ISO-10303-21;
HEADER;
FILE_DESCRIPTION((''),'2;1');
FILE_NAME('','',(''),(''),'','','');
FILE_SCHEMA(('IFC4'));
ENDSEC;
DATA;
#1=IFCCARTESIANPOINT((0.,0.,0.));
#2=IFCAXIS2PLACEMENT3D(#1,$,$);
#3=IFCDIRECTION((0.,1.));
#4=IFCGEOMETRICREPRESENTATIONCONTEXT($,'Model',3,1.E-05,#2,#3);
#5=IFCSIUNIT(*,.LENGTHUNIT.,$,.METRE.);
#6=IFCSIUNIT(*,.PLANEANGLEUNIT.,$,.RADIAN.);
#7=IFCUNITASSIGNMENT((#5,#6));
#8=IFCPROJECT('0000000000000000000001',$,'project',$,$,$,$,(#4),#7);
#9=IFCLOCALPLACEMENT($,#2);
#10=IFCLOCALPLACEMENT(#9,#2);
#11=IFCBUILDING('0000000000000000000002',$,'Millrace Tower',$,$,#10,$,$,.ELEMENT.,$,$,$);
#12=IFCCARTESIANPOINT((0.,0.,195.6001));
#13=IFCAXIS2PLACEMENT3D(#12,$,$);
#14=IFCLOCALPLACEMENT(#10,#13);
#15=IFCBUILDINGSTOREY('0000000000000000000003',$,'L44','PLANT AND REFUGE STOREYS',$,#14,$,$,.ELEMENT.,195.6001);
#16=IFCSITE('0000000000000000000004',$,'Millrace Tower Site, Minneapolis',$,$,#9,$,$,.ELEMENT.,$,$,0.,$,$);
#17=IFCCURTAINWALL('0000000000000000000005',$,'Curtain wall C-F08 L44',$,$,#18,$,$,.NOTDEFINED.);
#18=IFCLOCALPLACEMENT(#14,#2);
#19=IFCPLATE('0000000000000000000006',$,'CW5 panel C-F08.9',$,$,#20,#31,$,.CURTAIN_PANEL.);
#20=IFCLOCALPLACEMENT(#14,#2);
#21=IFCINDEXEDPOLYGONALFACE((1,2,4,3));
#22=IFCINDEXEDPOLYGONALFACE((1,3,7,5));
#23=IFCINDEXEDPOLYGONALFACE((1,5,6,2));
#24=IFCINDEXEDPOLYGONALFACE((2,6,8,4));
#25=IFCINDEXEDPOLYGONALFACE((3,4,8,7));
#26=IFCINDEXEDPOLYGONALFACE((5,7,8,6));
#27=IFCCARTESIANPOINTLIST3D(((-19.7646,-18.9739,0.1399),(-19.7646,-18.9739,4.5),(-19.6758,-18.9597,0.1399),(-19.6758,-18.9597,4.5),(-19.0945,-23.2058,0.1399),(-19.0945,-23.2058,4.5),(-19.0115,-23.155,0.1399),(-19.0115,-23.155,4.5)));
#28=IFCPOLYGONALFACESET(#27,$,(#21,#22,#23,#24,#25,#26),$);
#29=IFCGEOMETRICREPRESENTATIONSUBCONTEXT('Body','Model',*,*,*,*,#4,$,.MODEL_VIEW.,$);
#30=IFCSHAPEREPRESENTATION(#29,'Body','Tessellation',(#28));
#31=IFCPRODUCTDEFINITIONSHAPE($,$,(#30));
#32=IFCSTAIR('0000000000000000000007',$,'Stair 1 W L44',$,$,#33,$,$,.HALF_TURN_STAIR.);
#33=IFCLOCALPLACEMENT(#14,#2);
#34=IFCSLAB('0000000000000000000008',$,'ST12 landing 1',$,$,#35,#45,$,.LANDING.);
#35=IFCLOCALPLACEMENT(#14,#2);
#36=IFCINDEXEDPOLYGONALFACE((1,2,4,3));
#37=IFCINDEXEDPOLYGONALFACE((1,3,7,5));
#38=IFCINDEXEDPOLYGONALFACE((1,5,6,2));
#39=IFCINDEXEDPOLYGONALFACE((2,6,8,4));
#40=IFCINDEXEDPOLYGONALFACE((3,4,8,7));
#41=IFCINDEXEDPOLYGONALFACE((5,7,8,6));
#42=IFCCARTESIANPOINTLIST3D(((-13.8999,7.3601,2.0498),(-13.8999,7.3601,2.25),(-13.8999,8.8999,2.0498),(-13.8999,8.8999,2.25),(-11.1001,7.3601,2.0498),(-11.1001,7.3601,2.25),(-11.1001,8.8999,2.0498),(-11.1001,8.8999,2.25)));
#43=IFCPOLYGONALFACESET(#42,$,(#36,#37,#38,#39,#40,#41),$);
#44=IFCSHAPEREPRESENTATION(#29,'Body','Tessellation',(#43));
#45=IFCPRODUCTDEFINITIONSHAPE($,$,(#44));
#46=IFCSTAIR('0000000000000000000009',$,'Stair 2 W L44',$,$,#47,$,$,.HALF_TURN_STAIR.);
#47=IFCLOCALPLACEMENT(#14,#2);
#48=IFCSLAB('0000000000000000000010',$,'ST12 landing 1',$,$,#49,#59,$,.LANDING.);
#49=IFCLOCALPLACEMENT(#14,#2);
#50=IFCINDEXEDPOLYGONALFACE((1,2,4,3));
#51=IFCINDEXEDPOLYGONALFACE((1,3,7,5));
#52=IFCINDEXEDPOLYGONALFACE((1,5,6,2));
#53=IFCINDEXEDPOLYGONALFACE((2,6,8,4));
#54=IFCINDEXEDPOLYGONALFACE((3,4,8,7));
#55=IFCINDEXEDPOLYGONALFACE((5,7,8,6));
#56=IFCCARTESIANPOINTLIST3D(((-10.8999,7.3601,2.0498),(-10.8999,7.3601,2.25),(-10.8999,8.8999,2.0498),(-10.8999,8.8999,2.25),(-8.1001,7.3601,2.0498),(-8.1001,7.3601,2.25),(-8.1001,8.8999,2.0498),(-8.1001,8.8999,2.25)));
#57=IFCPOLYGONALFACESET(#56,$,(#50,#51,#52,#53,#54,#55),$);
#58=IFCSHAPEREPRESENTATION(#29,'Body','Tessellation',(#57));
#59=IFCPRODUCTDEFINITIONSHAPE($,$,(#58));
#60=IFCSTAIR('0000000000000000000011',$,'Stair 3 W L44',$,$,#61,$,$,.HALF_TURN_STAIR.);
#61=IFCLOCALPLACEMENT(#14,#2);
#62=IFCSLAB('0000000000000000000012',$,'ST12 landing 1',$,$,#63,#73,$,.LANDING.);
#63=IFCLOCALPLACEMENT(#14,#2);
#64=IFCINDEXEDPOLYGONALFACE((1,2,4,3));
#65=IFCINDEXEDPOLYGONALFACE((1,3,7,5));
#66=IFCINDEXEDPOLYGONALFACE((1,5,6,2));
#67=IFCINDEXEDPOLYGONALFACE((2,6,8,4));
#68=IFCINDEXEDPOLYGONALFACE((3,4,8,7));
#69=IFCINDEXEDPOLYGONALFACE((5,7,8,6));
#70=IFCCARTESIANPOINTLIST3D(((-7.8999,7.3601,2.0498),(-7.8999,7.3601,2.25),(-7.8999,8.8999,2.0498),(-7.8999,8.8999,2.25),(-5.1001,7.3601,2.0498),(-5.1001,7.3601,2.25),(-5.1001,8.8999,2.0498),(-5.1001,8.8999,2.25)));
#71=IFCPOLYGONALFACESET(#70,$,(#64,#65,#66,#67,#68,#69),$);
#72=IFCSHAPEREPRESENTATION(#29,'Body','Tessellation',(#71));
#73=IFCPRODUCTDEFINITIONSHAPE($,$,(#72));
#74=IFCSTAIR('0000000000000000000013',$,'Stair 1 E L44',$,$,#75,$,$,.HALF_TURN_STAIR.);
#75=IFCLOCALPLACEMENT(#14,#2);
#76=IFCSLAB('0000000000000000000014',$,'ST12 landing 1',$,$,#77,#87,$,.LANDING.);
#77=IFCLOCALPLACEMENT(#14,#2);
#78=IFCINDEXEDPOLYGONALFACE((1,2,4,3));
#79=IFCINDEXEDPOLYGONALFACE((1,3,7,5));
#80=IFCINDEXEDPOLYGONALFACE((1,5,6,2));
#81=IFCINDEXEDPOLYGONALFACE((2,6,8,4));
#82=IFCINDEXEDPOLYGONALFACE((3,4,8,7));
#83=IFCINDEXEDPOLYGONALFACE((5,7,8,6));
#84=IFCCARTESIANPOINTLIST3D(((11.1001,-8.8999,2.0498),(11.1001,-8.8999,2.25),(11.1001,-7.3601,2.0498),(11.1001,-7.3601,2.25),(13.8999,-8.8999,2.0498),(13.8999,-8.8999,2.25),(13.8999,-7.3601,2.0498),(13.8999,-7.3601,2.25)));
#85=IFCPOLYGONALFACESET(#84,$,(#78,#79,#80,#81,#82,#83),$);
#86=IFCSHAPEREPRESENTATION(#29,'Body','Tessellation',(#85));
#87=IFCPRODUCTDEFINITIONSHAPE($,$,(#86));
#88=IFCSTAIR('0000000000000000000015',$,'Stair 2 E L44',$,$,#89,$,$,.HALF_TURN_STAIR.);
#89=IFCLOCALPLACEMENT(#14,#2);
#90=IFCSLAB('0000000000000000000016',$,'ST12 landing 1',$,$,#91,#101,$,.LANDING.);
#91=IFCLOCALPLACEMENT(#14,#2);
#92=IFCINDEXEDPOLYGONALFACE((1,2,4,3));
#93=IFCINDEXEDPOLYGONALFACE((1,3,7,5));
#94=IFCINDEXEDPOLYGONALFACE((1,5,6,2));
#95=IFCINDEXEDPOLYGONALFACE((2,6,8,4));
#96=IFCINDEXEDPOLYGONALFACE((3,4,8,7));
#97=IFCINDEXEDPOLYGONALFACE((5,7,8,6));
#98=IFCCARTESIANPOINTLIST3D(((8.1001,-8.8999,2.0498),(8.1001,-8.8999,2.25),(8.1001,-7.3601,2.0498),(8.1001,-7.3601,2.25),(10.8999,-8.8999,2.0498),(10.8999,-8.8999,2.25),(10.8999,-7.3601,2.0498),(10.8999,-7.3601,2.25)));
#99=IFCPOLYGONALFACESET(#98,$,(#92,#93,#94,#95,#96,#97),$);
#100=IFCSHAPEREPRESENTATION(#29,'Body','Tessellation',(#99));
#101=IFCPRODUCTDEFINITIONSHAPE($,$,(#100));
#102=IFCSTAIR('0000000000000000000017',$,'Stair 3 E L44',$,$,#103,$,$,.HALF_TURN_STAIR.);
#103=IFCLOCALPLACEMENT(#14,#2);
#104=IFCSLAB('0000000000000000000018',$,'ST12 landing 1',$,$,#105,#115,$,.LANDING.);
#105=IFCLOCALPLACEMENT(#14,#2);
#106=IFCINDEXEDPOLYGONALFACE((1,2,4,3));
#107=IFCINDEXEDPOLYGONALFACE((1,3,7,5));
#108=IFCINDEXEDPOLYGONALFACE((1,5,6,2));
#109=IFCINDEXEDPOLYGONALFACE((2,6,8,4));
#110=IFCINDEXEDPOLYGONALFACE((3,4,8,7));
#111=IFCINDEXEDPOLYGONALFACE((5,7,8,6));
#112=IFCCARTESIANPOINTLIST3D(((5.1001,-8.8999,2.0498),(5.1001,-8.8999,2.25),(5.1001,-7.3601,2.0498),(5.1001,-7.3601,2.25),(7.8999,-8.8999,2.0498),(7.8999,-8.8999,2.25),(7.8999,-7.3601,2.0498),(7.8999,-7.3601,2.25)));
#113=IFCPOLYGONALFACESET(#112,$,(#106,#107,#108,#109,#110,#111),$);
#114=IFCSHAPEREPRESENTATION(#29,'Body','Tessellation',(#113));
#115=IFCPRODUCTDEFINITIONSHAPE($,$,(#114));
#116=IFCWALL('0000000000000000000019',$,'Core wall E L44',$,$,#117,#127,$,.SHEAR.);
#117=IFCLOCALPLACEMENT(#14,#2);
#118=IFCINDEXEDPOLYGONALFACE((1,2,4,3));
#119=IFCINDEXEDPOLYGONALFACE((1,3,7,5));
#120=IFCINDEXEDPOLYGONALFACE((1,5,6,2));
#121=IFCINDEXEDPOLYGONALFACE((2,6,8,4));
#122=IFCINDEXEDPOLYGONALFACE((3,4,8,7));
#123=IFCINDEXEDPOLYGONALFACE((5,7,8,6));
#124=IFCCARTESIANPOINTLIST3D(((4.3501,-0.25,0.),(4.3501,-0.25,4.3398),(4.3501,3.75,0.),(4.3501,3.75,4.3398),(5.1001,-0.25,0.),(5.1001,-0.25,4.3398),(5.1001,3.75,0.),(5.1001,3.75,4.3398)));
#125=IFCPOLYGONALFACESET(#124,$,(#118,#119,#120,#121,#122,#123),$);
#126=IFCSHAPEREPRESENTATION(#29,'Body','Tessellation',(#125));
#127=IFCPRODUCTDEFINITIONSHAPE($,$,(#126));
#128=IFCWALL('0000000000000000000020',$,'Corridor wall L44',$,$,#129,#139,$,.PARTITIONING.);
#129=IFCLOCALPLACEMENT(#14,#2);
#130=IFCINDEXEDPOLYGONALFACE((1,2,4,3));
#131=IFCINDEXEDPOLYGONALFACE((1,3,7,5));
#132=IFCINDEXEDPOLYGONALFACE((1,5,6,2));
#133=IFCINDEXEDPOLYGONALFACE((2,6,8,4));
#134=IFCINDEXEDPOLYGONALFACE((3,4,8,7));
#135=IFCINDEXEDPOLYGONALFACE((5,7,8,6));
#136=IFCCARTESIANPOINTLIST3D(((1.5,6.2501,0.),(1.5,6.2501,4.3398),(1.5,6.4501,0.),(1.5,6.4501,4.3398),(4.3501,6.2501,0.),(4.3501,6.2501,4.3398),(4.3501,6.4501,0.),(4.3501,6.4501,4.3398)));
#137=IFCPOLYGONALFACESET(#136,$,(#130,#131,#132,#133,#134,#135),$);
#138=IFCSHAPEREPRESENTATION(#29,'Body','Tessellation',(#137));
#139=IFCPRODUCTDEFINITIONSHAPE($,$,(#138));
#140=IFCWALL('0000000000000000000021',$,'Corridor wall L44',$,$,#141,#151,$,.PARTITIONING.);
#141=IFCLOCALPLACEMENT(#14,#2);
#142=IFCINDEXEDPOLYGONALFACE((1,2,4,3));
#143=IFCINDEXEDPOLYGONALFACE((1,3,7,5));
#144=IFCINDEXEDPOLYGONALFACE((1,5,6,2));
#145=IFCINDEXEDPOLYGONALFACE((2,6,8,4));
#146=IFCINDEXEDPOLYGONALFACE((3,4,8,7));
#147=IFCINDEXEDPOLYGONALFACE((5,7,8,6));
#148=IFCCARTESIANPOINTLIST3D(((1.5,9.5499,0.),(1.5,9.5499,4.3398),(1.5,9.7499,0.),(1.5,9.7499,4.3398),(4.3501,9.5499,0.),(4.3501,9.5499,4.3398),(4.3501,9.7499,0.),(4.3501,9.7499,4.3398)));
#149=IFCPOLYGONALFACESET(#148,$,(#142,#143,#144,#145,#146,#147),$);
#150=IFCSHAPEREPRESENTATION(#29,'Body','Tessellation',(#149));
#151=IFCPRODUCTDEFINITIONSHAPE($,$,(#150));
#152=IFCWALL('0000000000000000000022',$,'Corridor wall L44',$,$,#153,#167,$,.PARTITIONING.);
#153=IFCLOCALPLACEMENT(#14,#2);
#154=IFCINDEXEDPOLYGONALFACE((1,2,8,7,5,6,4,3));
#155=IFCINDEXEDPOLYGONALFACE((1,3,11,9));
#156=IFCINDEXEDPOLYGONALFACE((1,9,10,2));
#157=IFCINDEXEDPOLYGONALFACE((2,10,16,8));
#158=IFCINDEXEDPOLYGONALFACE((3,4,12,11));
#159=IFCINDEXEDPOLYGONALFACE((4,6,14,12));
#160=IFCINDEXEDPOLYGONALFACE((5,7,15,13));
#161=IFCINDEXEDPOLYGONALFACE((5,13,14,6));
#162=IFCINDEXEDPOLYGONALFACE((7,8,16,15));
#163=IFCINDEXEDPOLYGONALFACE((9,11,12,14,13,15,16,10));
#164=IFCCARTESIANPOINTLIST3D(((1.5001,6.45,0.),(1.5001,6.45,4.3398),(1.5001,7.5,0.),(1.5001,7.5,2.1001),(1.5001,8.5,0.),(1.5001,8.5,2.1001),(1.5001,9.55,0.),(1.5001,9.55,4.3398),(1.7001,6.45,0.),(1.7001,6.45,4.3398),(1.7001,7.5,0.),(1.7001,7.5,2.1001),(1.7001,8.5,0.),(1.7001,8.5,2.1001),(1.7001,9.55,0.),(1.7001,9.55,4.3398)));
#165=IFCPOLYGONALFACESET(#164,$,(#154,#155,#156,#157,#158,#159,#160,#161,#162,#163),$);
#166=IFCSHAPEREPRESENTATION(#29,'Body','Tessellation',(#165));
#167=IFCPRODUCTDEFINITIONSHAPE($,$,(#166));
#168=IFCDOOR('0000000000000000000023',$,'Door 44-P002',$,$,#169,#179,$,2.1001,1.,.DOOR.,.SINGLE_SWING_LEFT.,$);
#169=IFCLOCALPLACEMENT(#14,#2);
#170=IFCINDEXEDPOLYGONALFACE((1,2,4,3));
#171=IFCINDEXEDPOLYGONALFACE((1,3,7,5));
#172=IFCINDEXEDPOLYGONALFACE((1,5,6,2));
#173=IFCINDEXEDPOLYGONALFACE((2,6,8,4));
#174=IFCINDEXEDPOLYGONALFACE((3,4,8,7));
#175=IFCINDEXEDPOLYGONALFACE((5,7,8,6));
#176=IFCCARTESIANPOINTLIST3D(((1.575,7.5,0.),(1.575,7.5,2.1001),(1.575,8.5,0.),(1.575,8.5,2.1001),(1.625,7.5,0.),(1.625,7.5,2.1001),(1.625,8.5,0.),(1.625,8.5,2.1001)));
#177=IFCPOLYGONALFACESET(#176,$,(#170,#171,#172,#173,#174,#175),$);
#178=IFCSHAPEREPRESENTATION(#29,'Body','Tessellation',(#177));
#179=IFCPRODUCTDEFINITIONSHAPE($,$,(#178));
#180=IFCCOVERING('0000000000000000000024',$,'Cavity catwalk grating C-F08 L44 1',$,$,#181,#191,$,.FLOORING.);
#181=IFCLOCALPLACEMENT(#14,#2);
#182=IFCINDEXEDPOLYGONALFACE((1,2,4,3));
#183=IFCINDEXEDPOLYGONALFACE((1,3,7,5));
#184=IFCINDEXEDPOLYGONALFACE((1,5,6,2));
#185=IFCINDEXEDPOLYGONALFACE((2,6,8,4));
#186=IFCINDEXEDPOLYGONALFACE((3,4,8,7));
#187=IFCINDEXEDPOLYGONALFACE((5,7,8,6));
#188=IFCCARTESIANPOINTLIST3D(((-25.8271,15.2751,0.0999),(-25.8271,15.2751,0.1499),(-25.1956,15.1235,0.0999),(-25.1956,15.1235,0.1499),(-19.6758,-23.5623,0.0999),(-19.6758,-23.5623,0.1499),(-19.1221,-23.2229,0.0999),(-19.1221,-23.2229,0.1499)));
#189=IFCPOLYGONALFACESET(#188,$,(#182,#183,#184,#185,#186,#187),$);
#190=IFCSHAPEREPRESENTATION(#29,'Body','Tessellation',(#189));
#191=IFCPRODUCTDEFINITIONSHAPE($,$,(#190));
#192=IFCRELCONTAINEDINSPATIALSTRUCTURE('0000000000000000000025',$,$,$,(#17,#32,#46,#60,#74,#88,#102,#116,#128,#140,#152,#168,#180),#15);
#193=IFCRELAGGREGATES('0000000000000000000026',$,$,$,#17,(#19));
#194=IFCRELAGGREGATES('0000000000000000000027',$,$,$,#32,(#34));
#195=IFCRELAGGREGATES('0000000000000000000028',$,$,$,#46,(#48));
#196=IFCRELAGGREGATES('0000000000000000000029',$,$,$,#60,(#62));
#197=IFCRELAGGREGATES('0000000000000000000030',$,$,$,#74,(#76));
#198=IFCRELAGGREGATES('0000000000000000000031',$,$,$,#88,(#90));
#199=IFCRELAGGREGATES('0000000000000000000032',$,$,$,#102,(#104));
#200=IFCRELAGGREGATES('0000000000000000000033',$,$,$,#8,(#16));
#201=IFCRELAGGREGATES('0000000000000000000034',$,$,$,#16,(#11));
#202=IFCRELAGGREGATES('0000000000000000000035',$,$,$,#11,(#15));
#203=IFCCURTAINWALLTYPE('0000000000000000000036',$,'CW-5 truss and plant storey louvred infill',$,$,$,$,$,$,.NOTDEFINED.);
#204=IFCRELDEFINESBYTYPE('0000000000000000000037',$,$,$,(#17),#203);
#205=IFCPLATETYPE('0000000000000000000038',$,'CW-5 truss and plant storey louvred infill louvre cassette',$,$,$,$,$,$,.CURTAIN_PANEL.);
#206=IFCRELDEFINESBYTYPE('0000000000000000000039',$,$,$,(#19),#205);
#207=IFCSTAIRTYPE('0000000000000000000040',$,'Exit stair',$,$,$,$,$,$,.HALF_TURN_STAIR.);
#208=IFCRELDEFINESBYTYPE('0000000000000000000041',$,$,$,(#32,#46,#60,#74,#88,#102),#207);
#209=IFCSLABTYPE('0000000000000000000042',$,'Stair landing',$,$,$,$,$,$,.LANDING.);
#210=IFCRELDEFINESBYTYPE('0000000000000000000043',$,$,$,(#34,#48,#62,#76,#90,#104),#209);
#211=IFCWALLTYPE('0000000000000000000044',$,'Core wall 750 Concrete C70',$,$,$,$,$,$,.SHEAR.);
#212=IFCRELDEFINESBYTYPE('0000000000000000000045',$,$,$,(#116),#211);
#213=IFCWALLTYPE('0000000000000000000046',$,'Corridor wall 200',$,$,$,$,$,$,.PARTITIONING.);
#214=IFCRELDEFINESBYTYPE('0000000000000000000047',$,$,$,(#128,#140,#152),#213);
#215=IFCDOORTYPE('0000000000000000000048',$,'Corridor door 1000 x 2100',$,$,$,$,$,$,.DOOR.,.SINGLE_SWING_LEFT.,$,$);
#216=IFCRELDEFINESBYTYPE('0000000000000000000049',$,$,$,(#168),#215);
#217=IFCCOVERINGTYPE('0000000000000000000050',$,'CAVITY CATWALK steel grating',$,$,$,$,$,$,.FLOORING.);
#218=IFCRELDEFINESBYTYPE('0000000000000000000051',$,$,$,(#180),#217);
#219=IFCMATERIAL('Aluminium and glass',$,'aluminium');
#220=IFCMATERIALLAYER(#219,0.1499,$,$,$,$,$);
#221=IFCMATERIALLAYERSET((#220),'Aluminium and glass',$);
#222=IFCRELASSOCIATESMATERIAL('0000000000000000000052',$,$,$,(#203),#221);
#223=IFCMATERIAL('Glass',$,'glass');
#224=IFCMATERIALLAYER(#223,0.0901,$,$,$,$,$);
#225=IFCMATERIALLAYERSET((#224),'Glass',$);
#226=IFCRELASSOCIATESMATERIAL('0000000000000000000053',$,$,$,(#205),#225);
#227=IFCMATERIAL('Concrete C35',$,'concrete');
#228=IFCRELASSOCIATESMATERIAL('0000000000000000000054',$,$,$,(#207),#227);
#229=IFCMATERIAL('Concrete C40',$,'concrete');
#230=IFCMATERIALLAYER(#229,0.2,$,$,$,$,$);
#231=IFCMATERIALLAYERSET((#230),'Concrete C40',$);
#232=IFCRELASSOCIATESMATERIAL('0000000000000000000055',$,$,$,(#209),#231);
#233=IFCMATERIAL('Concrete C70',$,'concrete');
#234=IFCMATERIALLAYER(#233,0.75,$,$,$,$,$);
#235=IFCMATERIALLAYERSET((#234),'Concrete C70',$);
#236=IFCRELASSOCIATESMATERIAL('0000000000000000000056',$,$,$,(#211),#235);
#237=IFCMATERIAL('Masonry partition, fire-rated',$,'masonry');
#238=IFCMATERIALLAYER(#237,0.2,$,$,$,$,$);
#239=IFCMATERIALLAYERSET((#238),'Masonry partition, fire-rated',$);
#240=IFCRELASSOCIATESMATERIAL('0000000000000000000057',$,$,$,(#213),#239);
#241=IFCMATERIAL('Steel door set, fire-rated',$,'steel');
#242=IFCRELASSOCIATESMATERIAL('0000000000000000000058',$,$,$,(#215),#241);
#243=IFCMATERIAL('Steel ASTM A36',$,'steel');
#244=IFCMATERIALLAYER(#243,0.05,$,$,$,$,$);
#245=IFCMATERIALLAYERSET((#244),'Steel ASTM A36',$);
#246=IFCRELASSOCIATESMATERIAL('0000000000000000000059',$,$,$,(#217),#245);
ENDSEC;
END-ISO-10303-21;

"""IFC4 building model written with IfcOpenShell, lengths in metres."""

from ifc_helpers import new_model, si_unit, direction, frame, frame_2d, origin, place, context, subcontext, project, spatial, polyline, rectangle, outline, extrude, material, layer, layer_set, type_object, element, fill, aggregate, save


model = new_model("IFC4")

# Units and contexts
model_context = context("Model", 3, precision=1e-05, world=origin(), true_north=direction((0.0, 1.0)))
body_context = subcontext(model_context, "Body", "Model", "MODEL_VIEW")
ifc_project = project(units=[si_unit("LENGTHUNIT", "METRE"), si_unit("PLANEANGLEUNIT", "RADIAN")], contexts=[model_context])

# Site, building, storey
site_placement = place(None, origin())
site = spatial("IfcSite", under=ifc_project, at=site_placement, Name="Millrace Tower Site, Minneapolis", CompositionType="ELEMENT", RefElevation=0.0)
building_placement = place(site_placement, origin())
building = spatial("IfcBuilding", under=site, at=building_placement, Name="Millrace Tower", CompositionType="ELEMENT")
storey_placement = place(building_placement, frame((0.0, 0.0, 195.6001)))
storey = spatial("IfcBuildingStorey", under=building, at=storey_placement, Name="L44", Description="PLANT AND REFUGE STOREYS", CompositionType="ELEMENT", Elevation=195.6001)

# Curtain wall, plate
ifc_material_1 = material(Name="Aluminium and glass", Category="aluminium")
ifc_layer_1 = layer(ifc_material_1, 0.1499)
ifc_layer_set_1 = layer_set([ifc_layer_1], Name="Aluminium and glass")
curtain_wall_type = type_object("IfcCurtainWallType", Name="CW-5 truss and plant storey louvred infill", PredefinedType="NOTDEFINED", material=ifc_layer_set_1)
placement_1 = place(storey_placement, origin())
curtain_wall = element("IfcCurtainWall", 1, at=placement_1, inside=storey, type_object=curtain_wall_type, Name="Curtain wall C-F08 L44", PredefinedType="NOTDEFINED")
ifc_material_2 = material(Name="Glass", Category="glass")
ifc_layer_2 = layer(ifc_material_2, 0.0901)
ifc_layer_set_2 = layer_set([ifc_layer_2], Name="Glass")
plate_type = type_object("IfcPlateType", Name="CW-5 truss and plant storey louvred infill louvre cassette", PredefinedType="CURTAIN_PANEL", material=ifc_layer_set_2)
placement_2 = place(storey_placement, frame((0.0, 0.0, 0.1399)))
plate_1 = element("IfcPlate", 2, at=placement_2, type_object=plate_type, Name="CW5 panel C-F08.9", PredefinedType="CURTAIN_PANEL", context=body_context, shape_type="SweptSolid", body=[
    extrude(outline(polyline([(-19.7646, -18.9739), (-19.0945, -23.2058), (-19.0115, -23.155), (-19.6758, -18.9597), (-19.7646, -18.9739)])), origin(), (0.0, 0.0, 1.0), 4.3601),
])
aggregate(curtain_wall, [plate_1])

# Stairs, slabs
ifc_material_3 = material(Name="Concrete C35", Category="concrete")
stair_type = type_object("IfcStairType", Name="Exit stair", PredefinedType="HALF_TURN_STAIR", material=ifc_material_3)
stair_1 = element("IfcStair", 3, at=placement_1, inside=storey, type_object=stair_type, Name="Stair 1 W L44", PredefinedType="HALF_TURN_STAIR")
ifc_material_4 = material(Name="Concrete C40", Category="concrete")
ifc_layer_3 = layer(ifc_material_4, 0.2)
ifc_layer_set_3 = layer_set([ifc_layer_3], Name="Concrete C40")
slab_type = type_object("IfcSlabType", Name="Stair landing", PredefinedType="LANDING", material=ifc_layer_set_3)
placement_3 = place(storey_placement, frame((0.0, 0.0, 2.0498)))
slab_1 = element("IfcSlab", 4, at=placement_3, type_object=slab_type, Name="ST12 landing 1", PredefinedType="LANDING", context=body_context, shape_type="SweptSolid", body=[
    extrude(outline(polyline([(-13.8999, 7.3601), (-11.1001, 7.3601), (-11.1001, 8.8999), (-13.8999, 8.8999), (-13.8999, 7.3601)])), origin(), (0.0, 0.0, 1.0), 0.2002),
])
aggregate(stair_1, [slab_1])
stair_2 = element("IfcStair", 5, at=placement_1, inside=storey, type_object=stair_type, Name="Stair 2 W L44", PredefinedType="HALF_TURN_STAIR")
slab_2 = element("IfcSlab", 6, at=placement_3, type_object=slab_type, Name="ST12 landing 1", PredefinedType="LANDING", context=body_context, shape_type="SweptSolid", body=[
    extrude(outline(polyline([(-10.8999, 7.3601), (-8.1001, 7.3601), (-8.1001, 8.8999), (-10.8999, 8.8999), (-10.8999, 7.3601)])), origin(), (0.0, 0.0, 1.0), 0.2002),
])
aggregate(stair_2, [slab_2])
stair_3 = element("IfcStair", 7, at=placement_1, inside=storey, type_object=stair_type, Name="Stair 3 W L44", PredefinedType="HALF_TURN_STAIR")
slab_3 = element("IfcSlab", 8, at=placement_3, type_object=slab_type, Name="ST12 landing 1", PredefinedType="LANDING", context=body_context, shape_type="SweptSolid", body=[
    extrude(outline(polyline([(-7.8999, 7.3601), (-5.1001, 7.3601), (-5.1001, 8.8999), (-7.8999, 8.8999), (-7.8999, 7.3601)])), origin(), (0.0, 0.0, 1.0), 0.2002),
])
aggregate(stair_3, [slab_3])
stair_4 = element("IfcStair", 9, at=placement_1, inside=storey, type_object=stair_type, Name="Stair 1 E L44", PredefinedType="HALF_TURN_STAIR")
slab_4 = element("IfcSlab", 10, at=placement_3, type_object=slab_type, Name="ST12 landing 1", PredefinedType="LANDING", context=body_context, shape_type="SweptSolid", body=[
    extrude(outline(polyline([(11.1001, -8.8999), (13.8999, -8.8999), (13.8999, -7.3601), (11.1001, -7.3601), (11.1001, -8.8999)])), origin(), (0.0, 0.0, 1.0), 0.2002),
])
aggregate(stair_4, [slab_4])
stair_5 = element("IfcStair", 11, at=placement_1, inside=storey, type_object=stair_type, Name="Stair 2 E L44", PredefinedType="HALF_TURN_STAIR")
slab_5 = element("IfcSlab", 12, at=placement_3, type_object=slab_type, Name="ST12 landing 1", PredefinedType="LANDING", context=body_context, shape_type="SweptSolid", body=[
    extrude(outline(polyline([(8.1001, -8.8999), (10.8999, -8.8999), (10.8999, -7.3601), (8.1001, -7.3601), (8.1001, -8.8999)])), origin(), (0.0, 0.0, 1.0), 0.2002),
])
aggregate(stair_5, [slab_5])
stair_6 = element("IfcStair", 13, at=placement_1, inside=storey, type_object=stair_type, Name="Stair 3 E L44", PredefinedType="HALF_TURN_STAIR")
slab_6 = element("IfcSlab", 14, at=placement_3, type_object=slab_type, Name="ST12 landing 1", PredefinedType="LANDING", context=body_context, shape_type="SweptSolid", body=[
    extrude(outline(polyline([(5.1001, -8.8999), (7.8999, -8.8999), (7.8999, -7.3601), (5.1001, -7.3601), (5.1001, -8.8999)])), origin(), (0.0, 0.0, 1.0), 0.2002),
])
aggregate(stair_6, [slab_6])

# Walls
ifc_material_5 = material(Name="Concrete C70", Category="concrete")
ifc_layer_4 = layer(ifc_material_5, 0.75)
ifc_layer_set_4 = layer_set([ifc_layer_4], Name="Concrete C70")
wall_type_1 = type_object("IfcWallType", Name="Core wall 750 Concrete C70", PredefinedType="SHEAR", material=ifc_layer_set_4)
wall_1_placement = place(storey_placement, frame((4.7251, 3.75, 0.0), z_axis=(0.0, 0.0, 1.0), x_axis=(0.0, -1.0, 0.0)))
element("IfcWall", 15, at=wall_1_placement, inside=storey, type_object=wall_type_1, Name="Core wall E L44", PredefinedType="SHEAR", context=body_context, shape_type="SweptSolid", body=[
    extrude(rectangle(XDim=4.0, YDim=0.75, at=frame_2d((2.0, 0.0))), origin(), (0.0, 0.0, 1.0), 4.3398),
])
ifc_material_6 = material(Name="Masonry partition, fire-rated", Category="masonry")
ifc_layer_5 = layer(ifc_material_6, 0.2)
ifc_layer_set_5 = layer_set([ifc_layer_5], Name="Masonry partition, fire-rated")
wall_type_2 = type_object("IfcWallType", Name="Corridor wall 200", PredefinedType="PARTITIONING", material=ifc_layer_set_5)
for number, where, z_axis, x_axis, name in (
    (16, (1.5, 6.3501, 0.0), (0.0, 0.0, 1.0), (1.0, 0.0, 0.0), "Corridor wall L44"),
    (17, (1.5, 9.6499, 0.0), (0.0, 0.0, 1.0), (1.0, 0.0, 0.0), "Corridor wall L44"),
):
    element("IfcWall", number, at=place(storey_placement, frame(where, z_axis=z_axis, x_axis=x_axis)), inside=storey, type_object=wall_type_2, Name=name, PredefinedType="PARTITIONING", context=body_context, shape_type="SweptSolid", body=[
        extrude(rectangle(XDim=2.8501, YDim=0.2, at=frame_2d((1.425, 0.0))), origin(), (0.0, 0.0, 1.0), 4.3398),
    ])

# Wall, opening, door
wall_2_placement = place(storey_placement, frame((1.6001, 6.45, 0.0), z_axis=(0.0, 0.0, 1.0), x_axis=(0.0, 1.0, 0.0)))
wall_2 = element("IfcWall", 18, at=wall_2_placement, inside=storey, type_object=wall_type_2, Name="Corridor wall L44", PredefinedType="PARTITIONING", context=body_context, shape_type="SweptSolid", body=[
    extrude(rectangle(XDim=3.1001, YDim=0.2, at=frame_2d((1.55, 0.0))), origin(), (0.0, 0.0, 1.0), 4.3398),
])
opening_placement = place(wall_2_placement, frame((1.05, 0.0, 0.0)))
opening = element("IfcOpeningElement", 19, at=opening_placement, cuts=wall_2, PredefinedType="OPENING", context=body_context, shape_type="SweptSolid", body=[
    extrude(rectangle(XDim=1.0, YDim=2.1001, at=frame_2d((0.5, 1.05))), frame((0.0, 0.1099, 0.0), z_axis=(0.0, -1.0, 0.0), x_axis=(1.0, 0.0, 0.0)), (0.0, 0.0, 1.0), 0.22),
])
ifc_material_7 = material(Name="Steel door set, fire-rated", Category="steel")
door_type = type_object("IfcDoorType", Name="Corridor door 1000 x 2100", OperationType="SINGLE_SWING_LEFT", PredefinedType="DOOR", material=ifc_material_7)
door_placement = place(opening_placement, frame((1.0, 0.0, 0.0), z_axis=(0.0, 0.0, 1.0), x_axis=(-1.0, 0.0, 0.0)))
door = element("IfcDoor", 20, at=door_placement, inside=storey, type_object=door_type, Name="Door 44-P002", OperationType="SINGLE_SWING_LEFT", OverallHeight=2.1001, OverallWidth=1.0, PredefinedType="DOOR", context=body_context, shape_type="SweptSolid", body=[
    extrude(rectangle(XDim=1.0, YDim=2.1001, at=frame_2d((0.5, 1.05))), frame((0.0, 0.0249, 0.0), z_axis=(0.0, -1.0, 0.0), x_axis=(1.0, 0.0, 0.0)), (0.0, 0.0, 1.0), 0.05),
])
fill(opening, door)

# Covering
ifc_material_8 = material(Name="Steel ASTM A36", Category="steel")
ifc_layer_6 = layer(ifc_material_8, 0.05)
ifc_layer_set_6 = layer_set([ifc_layer_6], Name="Steel ASTM A36")
covering_type = type_object("IfcCoveringType", Name="CAVITY CATWALK steel grating", PredefinedType="FLOORING", material=ifc_layer_set_6)
covering_placement = place(storey_placement, frame((0.0, 0.0, 0.0999)))
element("IfcCovering", 21, at=covering_placement, inside=storey, type_object=covering_type, Name="Cavity catwalk grating C-F08 L44 1", PredefinedType="FLOORING", context=body_context, shape_type="SweptSolid", body=[
    extrude(outline(polyline([(-25.8271, 15.2751), (-19.6758, -23.5623), (-19.1221, -23.2229), (-25.1956, 15.1235), (-25.8271, 15.2751)])), origin(), (0.0, 0.0, 1.0), 0.05),
])

save(model, "model.ifc")
